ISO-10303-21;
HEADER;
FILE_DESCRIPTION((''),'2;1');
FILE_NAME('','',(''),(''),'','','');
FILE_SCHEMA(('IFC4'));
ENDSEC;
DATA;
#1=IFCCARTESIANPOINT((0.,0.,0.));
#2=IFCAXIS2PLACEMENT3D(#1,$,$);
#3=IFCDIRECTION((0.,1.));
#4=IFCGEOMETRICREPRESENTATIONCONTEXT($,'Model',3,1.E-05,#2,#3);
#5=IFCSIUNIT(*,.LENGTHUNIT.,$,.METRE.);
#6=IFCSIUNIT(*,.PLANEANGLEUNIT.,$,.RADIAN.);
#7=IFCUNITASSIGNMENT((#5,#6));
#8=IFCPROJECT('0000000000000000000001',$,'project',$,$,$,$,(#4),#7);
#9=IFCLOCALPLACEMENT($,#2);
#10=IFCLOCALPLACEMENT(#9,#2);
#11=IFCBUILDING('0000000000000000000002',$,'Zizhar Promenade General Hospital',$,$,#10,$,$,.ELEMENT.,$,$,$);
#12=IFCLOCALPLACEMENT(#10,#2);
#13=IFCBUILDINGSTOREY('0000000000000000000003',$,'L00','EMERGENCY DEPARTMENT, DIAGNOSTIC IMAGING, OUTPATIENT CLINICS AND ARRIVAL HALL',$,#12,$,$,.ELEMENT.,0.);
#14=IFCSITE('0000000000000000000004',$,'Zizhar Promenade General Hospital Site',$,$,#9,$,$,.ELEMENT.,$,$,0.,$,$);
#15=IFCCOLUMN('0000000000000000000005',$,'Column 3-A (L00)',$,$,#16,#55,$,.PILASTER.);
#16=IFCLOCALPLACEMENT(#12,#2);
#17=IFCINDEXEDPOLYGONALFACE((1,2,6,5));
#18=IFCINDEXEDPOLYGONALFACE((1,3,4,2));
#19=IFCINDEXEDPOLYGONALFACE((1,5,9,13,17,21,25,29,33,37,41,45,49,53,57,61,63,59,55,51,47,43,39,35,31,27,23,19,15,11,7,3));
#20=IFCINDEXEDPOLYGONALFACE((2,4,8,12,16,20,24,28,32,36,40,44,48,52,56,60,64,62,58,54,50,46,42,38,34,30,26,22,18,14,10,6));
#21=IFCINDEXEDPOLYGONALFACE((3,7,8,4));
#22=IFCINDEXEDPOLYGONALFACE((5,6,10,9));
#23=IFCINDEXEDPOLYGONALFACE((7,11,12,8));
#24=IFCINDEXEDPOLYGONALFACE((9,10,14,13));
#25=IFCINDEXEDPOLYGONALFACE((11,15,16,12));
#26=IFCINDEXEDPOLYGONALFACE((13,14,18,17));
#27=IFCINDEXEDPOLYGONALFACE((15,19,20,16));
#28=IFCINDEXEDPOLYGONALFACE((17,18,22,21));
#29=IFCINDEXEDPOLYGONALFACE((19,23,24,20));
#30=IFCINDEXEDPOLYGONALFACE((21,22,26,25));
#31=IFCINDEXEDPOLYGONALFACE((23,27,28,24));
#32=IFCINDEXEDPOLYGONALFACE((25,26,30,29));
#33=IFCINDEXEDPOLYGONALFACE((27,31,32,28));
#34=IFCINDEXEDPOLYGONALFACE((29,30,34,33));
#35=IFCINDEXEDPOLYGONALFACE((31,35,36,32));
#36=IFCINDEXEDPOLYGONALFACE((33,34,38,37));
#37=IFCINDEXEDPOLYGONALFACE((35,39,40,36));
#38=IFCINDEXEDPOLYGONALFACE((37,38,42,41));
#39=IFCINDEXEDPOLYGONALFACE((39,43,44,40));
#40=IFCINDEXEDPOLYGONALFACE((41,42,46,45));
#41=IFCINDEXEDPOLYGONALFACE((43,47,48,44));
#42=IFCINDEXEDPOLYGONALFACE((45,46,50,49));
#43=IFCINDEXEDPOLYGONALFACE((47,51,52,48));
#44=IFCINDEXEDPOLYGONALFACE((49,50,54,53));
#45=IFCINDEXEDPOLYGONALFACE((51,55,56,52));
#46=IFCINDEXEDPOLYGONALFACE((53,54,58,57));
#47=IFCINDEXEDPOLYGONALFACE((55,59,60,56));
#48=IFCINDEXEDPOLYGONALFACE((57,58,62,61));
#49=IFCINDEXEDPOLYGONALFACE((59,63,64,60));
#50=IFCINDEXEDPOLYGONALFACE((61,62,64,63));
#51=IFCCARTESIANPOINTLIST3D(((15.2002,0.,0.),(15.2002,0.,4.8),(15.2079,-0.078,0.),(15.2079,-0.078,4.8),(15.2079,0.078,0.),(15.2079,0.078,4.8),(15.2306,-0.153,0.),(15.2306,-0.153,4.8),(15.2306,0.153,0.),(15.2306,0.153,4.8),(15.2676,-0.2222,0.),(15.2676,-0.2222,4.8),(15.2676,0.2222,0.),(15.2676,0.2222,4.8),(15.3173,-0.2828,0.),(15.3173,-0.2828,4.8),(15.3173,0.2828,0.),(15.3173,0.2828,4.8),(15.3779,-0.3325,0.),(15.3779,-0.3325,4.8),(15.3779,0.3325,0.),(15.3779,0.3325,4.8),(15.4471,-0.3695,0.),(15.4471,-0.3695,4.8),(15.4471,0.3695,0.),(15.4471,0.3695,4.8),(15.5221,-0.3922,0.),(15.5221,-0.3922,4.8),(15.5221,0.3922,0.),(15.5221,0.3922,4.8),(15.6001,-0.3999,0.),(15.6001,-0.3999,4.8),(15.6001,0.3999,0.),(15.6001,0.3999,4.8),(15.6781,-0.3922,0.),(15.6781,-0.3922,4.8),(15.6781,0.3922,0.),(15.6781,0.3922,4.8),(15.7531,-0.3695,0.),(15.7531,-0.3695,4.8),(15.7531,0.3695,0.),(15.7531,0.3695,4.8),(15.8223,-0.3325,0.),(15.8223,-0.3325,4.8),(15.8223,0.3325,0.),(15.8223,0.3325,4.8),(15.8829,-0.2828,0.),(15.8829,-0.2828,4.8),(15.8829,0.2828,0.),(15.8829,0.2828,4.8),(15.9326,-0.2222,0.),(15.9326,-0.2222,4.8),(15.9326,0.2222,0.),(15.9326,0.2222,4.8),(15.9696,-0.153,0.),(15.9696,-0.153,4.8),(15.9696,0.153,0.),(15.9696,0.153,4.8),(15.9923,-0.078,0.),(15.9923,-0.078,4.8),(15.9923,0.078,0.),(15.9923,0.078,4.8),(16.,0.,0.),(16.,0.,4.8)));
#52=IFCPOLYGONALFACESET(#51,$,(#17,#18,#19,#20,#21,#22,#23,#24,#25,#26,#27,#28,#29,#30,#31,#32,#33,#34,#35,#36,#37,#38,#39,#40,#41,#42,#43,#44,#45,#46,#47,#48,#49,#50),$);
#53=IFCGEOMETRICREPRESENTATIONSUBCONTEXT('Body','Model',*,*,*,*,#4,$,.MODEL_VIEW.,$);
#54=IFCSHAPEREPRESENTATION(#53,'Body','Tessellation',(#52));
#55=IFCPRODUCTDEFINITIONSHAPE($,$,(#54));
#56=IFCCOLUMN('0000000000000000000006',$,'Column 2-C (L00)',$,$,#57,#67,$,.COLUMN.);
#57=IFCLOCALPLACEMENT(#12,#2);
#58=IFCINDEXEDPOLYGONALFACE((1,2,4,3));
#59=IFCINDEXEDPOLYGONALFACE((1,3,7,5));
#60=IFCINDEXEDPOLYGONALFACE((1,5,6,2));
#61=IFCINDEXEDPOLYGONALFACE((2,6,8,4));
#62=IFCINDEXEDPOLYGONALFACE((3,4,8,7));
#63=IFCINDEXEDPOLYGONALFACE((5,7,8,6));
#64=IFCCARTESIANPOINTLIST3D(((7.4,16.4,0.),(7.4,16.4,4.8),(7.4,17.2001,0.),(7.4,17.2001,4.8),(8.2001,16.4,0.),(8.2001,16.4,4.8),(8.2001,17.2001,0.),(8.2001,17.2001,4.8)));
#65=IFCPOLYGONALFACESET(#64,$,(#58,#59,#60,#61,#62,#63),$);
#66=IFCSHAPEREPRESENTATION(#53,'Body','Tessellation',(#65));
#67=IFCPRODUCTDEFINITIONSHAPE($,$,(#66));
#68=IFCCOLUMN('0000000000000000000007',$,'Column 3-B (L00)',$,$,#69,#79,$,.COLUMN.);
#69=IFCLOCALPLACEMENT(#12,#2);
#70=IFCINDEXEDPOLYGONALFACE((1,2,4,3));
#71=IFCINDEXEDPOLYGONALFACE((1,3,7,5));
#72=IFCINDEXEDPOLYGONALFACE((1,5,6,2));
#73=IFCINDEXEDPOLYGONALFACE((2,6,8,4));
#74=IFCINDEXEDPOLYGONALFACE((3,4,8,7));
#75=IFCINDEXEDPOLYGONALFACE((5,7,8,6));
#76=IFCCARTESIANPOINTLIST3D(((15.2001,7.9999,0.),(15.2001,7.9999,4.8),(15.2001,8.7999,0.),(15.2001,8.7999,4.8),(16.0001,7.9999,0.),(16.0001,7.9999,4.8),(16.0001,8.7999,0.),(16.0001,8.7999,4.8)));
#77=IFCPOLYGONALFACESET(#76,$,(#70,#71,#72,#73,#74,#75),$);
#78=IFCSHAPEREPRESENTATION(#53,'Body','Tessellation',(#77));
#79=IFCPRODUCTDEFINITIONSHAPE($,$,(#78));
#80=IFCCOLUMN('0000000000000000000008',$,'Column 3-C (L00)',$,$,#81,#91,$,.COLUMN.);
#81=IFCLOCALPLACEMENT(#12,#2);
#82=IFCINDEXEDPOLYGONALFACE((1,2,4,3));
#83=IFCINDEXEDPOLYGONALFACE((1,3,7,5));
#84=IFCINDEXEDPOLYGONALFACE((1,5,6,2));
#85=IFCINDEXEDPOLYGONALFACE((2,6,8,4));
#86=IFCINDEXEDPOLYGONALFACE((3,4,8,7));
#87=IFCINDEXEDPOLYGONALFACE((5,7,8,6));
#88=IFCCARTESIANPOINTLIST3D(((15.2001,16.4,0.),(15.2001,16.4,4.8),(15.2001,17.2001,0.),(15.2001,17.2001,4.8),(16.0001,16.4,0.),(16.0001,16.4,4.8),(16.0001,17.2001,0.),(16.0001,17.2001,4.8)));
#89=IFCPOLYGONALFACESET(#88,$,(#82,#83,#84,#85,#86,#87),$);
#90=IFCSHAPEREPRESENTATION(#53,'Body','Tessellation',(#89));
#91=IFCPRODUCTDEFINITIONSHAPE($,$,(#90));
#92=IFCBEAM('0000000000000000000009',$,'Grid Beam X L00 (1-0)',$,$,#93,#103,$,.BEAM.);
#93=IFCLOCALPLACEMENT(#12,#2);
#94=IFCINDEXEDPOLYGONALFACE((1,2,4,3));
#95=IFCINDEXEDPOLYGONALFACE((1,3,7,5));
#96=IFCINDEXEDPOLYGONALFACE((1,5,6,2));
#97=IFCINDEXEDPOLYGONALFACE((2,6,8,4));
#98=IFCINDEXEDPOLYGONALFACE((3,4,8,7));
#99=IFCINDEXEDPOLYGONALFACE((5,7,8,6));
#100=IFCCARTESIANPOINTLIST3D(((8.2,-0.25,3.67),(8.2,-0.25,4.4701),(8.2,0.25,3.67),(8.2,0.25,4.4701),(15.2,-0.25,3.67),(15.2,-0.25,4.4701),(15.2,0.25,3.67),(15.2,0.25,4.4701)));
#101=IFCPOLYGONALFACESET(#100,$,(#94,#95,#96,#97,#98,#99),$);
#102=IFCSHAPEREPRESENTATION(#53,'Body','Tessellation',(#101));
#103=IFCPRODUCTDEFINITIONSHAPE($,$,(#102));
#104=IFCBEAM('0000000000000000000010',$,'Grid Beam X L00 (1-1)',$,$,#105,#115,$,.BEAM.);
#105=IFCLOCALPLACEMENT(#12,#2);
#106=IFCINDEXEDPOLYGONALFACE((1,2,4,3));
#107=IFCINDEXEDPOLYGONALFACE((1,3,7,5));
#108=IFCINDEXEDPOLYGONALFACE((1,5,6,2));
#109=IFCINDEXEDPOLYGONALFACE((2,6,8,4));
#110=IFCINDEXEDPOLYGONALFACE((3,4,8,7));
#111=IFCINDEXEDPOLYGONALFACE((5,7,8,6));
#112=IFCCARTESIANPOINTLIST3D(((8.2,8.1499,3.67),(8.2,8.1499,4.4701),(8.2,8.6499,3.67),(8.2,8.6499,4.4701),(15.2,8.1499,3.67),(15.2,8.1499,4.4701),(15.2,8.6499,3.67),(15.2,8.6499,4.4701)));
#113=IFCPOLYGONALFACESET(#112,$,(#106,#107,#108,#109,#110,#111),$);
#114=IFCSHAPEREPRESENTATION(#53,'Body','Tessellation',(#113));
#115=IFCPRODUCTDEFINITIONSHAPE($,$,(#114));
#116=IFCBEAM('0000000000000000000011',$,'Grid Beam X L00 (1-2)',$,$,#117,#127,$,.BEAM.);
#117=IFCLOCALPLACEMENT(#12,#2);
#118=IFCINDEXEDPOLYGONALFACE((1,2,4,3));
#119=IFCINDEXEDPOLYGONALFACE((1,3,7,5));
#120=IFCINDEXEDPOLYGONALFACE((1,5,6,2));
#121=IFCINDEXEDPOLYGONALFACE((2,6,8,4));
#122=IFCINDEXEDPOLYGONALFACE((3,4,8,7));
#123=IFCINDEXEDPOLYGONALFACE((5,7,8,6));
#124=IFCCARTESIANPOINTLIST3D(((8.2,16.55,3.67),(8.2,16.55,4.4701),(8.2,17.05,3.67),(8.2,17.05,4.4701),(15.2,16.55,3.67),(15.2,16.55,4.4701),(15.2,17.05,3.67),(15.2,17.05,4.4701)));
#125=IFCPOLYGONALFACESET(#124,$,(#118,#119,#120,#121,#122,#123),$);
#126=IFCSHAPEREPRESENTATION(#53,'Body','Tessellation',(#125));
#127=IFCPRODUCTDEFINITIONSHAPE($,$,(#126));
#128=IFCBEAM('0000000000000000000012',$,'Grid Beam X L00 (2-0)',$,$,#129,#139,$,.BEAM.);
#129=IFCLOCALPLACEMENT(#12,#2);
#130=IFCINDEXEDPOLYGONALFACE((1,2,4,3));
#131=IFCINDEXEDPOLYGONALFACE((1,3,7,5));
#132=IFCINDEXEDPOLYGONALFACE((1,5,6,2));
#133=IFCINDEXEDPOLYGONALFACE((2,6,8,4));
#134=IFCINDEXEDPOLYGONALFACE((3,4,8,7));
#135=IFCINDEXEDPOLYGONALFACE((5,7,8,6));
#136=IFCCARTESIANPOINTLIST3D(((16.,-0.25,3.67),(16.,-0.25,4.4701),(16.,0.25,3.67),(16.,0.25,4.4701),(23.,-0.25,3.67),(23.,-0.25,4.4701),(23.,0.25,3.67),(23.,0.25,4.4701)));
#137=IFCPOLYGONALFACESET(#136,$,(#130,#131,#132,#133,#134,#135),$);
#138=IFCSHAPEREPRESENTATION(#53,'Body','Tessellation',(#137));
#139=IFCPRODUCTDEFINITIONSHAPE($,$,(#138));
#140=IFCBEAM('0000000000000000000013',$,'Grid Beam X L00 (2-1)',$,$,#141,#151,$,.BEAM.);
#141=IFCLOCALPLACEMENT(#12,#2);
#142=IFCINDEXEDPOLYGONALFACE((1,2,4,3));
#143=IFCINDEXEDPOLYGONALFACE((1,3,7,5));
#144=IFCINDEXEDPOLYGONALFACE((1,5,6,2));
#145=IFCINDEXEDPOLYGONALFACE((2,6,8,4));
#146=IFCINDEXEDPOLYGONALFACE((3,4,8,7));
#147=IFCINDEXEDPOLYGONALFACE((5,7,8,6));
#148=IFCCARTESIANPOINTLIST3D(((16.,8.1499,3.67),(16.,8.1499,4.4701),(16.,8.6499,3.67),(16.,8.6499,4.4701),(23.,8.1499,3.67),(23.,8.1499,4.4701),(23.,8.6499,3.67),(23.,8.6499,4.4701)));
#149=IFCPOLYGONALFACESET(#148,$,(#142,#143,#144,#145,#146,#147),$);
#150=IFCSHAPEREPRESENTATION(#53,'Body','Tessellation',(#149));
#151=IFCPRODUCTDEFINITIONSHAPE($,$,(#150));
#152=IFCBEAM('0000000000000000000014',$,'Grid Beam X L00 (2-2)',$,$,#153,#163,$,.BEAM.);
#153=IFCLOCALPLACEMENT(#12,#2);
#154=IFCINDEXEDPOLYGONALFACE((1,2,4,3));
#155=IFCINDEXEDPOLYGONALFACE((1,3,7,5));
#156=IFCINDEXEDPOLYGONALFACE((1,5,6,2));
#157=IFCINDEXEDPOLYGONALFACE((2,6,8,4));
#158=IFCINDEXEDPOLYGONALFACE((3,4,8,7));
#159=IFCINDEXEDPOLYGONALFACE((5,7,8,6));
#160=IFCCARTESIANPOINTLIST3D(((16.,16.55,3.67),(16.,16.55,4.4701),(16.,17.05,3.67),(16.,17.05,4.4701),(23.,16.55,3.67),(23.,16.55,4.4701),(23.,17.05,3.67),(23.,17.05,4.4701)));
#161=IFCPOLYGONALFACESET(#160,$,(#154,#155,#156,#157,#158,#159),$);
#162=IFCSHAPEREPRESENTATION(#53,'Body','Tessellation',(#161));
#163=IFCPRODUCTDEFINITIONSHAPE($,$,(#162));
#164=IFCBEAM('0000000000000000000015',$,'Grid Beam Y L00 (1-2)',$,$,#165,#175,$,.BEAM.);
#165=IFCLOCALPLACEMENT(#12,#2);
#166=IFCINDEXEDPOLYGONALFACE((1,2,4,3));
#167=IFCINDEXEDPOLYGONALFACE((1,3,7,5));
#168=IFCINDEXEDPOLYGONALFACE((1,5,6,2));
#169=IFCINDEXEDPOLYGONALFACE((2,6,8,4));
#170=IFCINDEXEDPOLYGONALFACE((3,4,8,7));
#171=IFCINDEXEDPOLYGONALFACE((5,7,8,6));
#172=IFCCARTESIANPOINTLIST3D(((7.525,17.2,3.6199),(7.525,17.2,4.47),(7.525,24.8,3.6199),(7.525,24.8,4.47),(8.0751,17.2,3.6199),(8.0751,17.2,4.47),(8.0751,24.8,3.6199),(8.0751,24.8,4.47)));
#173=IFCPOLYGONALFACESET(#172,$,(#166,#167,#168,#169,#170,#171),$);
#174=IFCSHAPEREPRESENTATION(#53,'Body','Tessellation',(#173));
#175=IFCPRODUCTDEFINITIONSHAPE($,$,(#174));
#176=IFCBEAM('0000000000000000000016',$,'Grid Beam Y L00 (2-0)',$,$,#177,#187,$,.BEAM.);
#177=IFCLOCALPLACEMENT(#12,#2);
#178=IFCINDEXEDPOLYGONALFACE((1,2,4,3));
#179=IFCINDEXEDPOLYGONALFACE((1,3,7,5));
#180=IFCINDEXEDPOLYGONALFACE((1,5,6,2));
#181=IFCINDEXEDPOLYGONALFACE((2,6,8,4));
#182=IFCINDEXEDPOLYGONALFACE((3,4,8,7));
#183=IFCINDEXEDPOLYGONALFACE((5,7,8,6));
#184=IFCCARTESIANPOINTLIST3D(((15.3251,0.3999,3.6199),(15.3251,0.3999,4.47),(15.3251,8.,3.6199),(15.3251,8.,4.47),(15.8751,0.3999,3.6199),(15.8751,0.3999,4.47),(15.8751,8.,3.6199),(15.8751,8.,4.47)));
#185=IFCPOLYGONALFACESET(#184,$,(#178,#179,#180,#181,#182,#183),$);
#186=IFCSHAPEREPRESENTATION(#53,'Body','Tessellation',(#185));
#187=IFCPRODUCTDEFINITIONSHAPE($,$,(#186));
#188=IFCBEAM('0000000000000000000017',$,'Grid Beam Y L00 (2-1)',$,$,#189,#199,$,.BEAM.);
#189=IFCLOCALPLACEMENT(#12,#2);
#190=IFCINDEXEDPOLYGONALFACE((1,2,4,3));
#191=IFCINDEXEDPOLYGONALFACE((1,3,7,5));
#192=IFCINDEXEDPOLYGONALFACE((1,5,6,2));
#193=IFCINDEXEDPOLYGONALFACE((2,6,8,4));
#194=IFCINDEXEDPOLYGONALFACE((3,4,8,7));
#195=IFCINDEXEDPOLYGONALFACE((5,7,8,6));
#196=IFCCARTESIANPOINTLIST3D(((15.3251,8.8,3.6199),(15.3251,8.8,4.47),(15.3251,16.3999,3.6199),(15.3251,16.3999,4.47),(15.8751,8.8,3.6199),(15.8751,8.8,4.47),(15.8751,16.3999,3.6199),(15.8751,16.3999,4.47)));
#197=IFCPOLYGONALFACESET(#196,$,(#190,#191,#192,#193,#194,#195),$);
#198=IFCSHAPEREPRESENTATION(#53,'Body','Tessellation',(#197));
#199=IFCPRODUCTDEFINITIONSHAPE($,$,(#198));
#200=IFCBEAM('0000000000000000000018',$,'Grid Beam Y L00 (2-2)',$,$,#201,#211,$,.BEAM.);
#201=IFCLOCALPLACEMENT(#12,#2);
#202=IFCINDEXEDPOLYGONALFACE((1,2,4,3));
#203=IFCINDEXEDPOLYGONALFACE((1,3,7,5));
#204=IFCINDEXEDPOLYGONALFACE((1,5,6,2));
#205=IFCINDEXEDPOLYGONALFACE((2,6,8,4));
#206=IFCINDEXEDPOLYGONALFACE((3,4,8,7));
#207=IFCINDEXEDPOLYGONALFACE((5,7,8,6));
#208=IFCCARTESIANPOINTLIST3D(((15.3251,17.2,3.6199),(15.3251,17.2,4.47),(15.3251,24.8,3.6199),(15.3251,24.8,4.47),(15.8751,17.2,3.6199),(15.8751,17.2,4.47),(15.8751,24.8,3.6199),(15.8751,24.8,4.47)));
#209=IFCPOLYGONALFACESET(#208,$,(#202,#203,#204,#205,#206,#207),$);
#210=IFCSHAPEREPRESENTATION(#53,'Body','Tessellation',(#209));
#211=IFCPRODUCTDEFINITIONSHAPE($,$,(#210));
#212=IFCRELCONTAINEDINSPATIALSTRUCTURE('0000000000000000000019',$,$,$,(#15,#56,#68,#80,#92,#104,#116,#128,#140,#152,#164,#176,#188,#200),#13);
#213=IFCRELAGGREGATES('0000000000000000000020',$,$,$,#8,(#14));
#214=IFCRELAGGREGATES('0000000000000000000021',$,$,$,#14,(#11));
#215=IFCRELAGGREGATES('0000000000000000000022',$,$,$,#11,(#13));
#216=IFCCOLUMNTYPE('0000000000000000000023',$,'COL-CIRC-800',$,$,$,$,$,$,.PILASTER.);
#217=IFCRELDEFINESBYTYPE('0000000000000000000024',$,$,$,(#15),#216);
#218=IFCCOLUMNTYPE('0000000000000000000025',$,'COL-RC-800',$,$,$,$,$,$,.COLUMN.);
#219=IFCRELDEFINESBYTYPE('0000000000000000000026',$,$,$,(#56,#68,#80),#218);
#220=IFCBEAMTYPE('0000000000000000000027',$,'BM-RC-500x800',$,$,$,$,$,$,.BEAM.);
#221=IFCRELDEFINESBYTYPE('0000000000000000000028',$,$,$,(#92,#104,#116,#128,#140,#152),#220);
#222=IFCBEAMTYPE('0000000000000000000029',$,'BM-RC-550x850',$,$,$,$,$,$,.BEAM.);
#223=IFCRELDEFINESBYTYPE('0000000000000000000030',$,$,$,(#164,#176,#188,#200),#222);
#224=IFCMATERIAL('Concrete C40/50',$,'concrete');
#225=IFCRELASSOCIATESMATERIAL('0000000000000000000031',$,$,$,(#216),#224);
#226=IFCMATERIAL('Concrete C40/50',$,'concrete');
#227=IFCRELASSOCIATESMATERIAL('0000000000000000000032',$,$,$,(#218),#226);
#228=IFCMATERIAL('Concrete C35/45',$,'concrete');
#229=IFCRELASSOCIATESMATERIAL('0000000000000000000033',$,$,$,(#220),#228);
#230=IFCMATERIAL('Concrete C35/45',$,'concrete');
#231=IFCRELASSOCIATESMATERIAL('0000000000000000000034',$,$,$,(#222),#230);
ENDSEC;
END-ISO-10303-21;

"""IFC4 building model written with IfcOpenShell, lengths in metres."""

from ifc_helpers import new_model, si_unit, direction, frame, origin, origin_2d, place, context, subcontext, project, spatial, rectangle, circle, extrude, material, material_profile, profile_set, type_object, element, save


model = new_model("IFC4")

# Units and contexts
model_context = context("Model", 3, precision=1e-05, world=origin(), true_north=direction((0.0, 1.0)))
body_context = subcontext(model_context, "Body", "Model", "MODEL_VIEW")
ifc_project = project(units=[si_unit("LENGTHUNIT", "METRE"), si_unit("PLANEANGLEUNIT", "RADIAN")], contexts=[model_context])

# Site, building, storey
site_placement = place(None, origin())
site = spatial("IfcSite", under=ifc_project, at=site_placement, Name="Zizhar Promenade General Hospital Site", CompositionType="ELEMENT", RefElevation=0.0)
building_placement = place(site_placement, origin())
building = spatial("IfcBuilding", under=site, at=building_placement, Name="Zizhar Promenade General Hospital", CompositionType="ELEMENT")
storey_placement = place(building_placement, origin())
storey = spatial("IfcBuildingStorey", under=building, at=storey_placement, Name="L00", Description="EMERGENCY DEPARTMENT, DIAGNOSTIC IMAGING, OUTPATIENT CLINICS AND ARRIVAL HALL", CompositionType="ELEMENT", Elevation=0.0)

# Columns
ifc_material_1 = material(Name="Concrete C40/50", Category="concrete")
ifc_material_profile_1 = material_profile(ifc_material_1, circle(Radius=0.3999, at=origin_2d()))
ifc_profile_set_1 = profile_set([ifc_material_profile_1], Name="Concrete C40/50")
column_type_1 = type_object("IfcColumnType", Name="COL-CIRC-800", PredefinedType="PILASTER", material=ifc_profile_set_1)
column_placement = place(storey_placement, frame((15.6001, 0.0, 0.0), z_axis=(0.0, 0.0, 1.0), x_axis=(1.0, 0.0, 0.0)))
element("IfcColumn", 1, at=column_placement, inside=storey, type_object=column_type_1, Name="Column 3-A (L00)", PredefinedType="PILASTER", context=body_context, shape_type="SweptSolid", body=[
    extrude(circle(Radius=0.3999, at=origin_2d()), origin(), (0.0, 0.0, 1.0), 4.8),
])
ifc_material_2 = material(Name="Concrete C40/50", Category="concrete")
ifc_material_profile_2 = material_profile(ifc_material_2, rectangle(XDim=0.8, YDim=0.8, at=origin_2d()))
ifc_profile_set_2 = profile_set([ifc_material_profile_2], Name="Concrete C40/50")
column_type_2 = type_object("IfcColumnType", Name="COL-RC-800", PredefinedType="COLUMN", material=ifc_profile_set_2)
for number, where, z_axis, x_axis, name in (
    (2, (7.8, 16.8, 0.0), (0.0, 0.0, 1.0), (1.0, 0.0, 0.0), "Column 2-C (L00)"),
    (3, (15.6001, 8.3999, 0.0), (0.0, 0.0, 1.0), (1.0, 0.0, 0.0), "Column 3-B (L00)"),
    (4, (15.6001, 16.8, 0.0), (0.0, 0.0, 1.0), (1.0, 0.0, 0.0), "Column 3-C (L00)"),
):
    element("IfcColumn", number, at=place(storey_placement, frame(where, z_axis=z_axis, x_axis=x_axis)), inside=storey, type_object=column_type_2, Name=name, PredefinedType="COLUMN", context=body_context, shape_type="SweptSolid", body=[
        extrude(rectangle(XDim=0.8, YDim=0.8, at=origin_2d()), origin(), (0.0, 0.0, 1.0), 4.8),
    ])

# Beams
ifc_material_3 = material(Name="Concrete C35/45", Category="concrete")
ifc_material_profile_3 = material_profile(ifc_material_3, rectangle(XDim=0.5, YDim=0.8, at=origin_2d()))
ifc_profile_set_3 = profile_set([ifc_material_profile_3], Name="Concrete C35/45")
beam_type_1 = type_object("IfcBeamType", Name="BM-RC-500x800", PredefinedType="BEAM", material=ifc_profile_set_3)
for number, where, z_axis, x_axis, name in (
    (5, (8.2, 0.0, 4.0701), (1.0, 0.0, 0.0), (0.0, 1.0, 0.0), "Grid Beam X L00 (1-0)"),
    (6, (8.2, 8.3999, 4.0701), (1.0, 0.0, 0.0), (0.0, 1.0, 0.0), "Grid Beam X L00 (1-1)"),
    (7, (8.2, 16.8, 4.0701), (1.0, 0.0, 0.0), (0.0, 1.0, 0.0), "Grid Beam X L00 (1-2)"),
    (8, (16.0, 0.0, 4.0701), (1.0, 0.0, 0.0), (0.0, 1.0, 0.0), "Grid Beam X L00 (2-0)"),
    (9, (16.0, 8.3999, 4.0701), (1.0, 0.0, 0.0), (0.0, 1.0, 0.0), "Grid Beam X L00 (2-1)"),
    (10, (16.0, 16.8, 4.0701), (1.0, 0.0, 0.0), (0.0, 1.0, 0.0), "Grid Beam X L00 (2-2)"),
):
    element("IfcBeam", number, at=place(storey_placement, frame(where, z_axis=z_axis, x_axis=x_axis)), inside=storey, type_object=beam_type_1, Name=name, PredefinedType="BEAM", context=body_context, shape_type="SweptSolid", body=[
        extrude(rectangle(XDim=0.5, YDim=0.8, at=origin_2d()), origin(), (0.0, 0.0, 1.0), 7.0),
    ])
ifc_material_4 = material(Name="Concrete C35/45", Category="concrete")
ifc_material_profile_4 = material_profile(ifc_material_4, rectangle(XDim=0.55, YDim=0.8501, at=origin_2d()))
ifc_profile_set_4 = profile_set([ifc_material_profile_4], Name="Concrete C35/45")
beam_type_2 = type_object("IfcBeamType", Name="BM-RC-550x850", PredefinedType="BEAM", material=ifc_profile_set_4)
for number, where, z_axis, x_axis, name in (
    (11, (7.8, 17.2, 4.0449), (0.0, 1.0, 0.0), (-1.0, 0.0, 0.0), "Grid Beam Y L00 (1-2)"),
    (12, (15.6001, 0.3999, 4.0449), (0.0, 1.0, 0.0), (-1.0, 0.0, 0.0), "Grid Beam Y L00 (2-0)"),
):
    element("IfcBeam", number, at=place(storey_placement, frame(where, z_axis=z_axis, x_axis=x_axis)), inside=storey, type_object=beam_type_2, Name=name, PredefinedType="BEAM", context=body_context, shape_type="SweptSolid", body=[
        extrude(rectangle(XDim=0.55, YDim=0.8501, at=origin_2d()), origin(), (0.0, 0.0, 1.0), 7.6001),
    ])
beam_1_placement = place(storey_placement, frame((15.6001, 8.8, 4.0449), z_axis=(0.0, 1.0, 0.0), x_axis=(-1.0, 0.0, 0.0)))
element("IfcBeam", 13, at=beam_1_placement, inside=storey, type_object=beam_type_2, Name="Grid Beam Y L00 (2-1)", PredefinedType="BEAM", context=body_context, shape_type="SweptSolid", body=[
    extrude(rectangle(XDim=0.55, YDim=0.8501, at=origin_2d()), origin(), (0.0, 0.0, 1.0), 7.5999),
])
beam_2_placement = place(storey_placement, frame((15.6001, 17.2, 4.0449), z_axis=(0.0, 1.0, 0.0), x_axis=(-1.0, 0.0, 0.0)))
element("IfcBeam", 14, at=beam_2_placement, inside=storey, type_object=beam_type_2, Name="Grid Beam Y L00 (2-2)", PredefinedType="BEAM", context=body_context, shape_type="SweptSolid", body=[
    extrude(rectangle(XDim=0.55, YDim=0.8501, at=origin_2d()), origin(), (0.0, 0.0, 1.0), 7.6001),
])

save(model, "model.ifc")
